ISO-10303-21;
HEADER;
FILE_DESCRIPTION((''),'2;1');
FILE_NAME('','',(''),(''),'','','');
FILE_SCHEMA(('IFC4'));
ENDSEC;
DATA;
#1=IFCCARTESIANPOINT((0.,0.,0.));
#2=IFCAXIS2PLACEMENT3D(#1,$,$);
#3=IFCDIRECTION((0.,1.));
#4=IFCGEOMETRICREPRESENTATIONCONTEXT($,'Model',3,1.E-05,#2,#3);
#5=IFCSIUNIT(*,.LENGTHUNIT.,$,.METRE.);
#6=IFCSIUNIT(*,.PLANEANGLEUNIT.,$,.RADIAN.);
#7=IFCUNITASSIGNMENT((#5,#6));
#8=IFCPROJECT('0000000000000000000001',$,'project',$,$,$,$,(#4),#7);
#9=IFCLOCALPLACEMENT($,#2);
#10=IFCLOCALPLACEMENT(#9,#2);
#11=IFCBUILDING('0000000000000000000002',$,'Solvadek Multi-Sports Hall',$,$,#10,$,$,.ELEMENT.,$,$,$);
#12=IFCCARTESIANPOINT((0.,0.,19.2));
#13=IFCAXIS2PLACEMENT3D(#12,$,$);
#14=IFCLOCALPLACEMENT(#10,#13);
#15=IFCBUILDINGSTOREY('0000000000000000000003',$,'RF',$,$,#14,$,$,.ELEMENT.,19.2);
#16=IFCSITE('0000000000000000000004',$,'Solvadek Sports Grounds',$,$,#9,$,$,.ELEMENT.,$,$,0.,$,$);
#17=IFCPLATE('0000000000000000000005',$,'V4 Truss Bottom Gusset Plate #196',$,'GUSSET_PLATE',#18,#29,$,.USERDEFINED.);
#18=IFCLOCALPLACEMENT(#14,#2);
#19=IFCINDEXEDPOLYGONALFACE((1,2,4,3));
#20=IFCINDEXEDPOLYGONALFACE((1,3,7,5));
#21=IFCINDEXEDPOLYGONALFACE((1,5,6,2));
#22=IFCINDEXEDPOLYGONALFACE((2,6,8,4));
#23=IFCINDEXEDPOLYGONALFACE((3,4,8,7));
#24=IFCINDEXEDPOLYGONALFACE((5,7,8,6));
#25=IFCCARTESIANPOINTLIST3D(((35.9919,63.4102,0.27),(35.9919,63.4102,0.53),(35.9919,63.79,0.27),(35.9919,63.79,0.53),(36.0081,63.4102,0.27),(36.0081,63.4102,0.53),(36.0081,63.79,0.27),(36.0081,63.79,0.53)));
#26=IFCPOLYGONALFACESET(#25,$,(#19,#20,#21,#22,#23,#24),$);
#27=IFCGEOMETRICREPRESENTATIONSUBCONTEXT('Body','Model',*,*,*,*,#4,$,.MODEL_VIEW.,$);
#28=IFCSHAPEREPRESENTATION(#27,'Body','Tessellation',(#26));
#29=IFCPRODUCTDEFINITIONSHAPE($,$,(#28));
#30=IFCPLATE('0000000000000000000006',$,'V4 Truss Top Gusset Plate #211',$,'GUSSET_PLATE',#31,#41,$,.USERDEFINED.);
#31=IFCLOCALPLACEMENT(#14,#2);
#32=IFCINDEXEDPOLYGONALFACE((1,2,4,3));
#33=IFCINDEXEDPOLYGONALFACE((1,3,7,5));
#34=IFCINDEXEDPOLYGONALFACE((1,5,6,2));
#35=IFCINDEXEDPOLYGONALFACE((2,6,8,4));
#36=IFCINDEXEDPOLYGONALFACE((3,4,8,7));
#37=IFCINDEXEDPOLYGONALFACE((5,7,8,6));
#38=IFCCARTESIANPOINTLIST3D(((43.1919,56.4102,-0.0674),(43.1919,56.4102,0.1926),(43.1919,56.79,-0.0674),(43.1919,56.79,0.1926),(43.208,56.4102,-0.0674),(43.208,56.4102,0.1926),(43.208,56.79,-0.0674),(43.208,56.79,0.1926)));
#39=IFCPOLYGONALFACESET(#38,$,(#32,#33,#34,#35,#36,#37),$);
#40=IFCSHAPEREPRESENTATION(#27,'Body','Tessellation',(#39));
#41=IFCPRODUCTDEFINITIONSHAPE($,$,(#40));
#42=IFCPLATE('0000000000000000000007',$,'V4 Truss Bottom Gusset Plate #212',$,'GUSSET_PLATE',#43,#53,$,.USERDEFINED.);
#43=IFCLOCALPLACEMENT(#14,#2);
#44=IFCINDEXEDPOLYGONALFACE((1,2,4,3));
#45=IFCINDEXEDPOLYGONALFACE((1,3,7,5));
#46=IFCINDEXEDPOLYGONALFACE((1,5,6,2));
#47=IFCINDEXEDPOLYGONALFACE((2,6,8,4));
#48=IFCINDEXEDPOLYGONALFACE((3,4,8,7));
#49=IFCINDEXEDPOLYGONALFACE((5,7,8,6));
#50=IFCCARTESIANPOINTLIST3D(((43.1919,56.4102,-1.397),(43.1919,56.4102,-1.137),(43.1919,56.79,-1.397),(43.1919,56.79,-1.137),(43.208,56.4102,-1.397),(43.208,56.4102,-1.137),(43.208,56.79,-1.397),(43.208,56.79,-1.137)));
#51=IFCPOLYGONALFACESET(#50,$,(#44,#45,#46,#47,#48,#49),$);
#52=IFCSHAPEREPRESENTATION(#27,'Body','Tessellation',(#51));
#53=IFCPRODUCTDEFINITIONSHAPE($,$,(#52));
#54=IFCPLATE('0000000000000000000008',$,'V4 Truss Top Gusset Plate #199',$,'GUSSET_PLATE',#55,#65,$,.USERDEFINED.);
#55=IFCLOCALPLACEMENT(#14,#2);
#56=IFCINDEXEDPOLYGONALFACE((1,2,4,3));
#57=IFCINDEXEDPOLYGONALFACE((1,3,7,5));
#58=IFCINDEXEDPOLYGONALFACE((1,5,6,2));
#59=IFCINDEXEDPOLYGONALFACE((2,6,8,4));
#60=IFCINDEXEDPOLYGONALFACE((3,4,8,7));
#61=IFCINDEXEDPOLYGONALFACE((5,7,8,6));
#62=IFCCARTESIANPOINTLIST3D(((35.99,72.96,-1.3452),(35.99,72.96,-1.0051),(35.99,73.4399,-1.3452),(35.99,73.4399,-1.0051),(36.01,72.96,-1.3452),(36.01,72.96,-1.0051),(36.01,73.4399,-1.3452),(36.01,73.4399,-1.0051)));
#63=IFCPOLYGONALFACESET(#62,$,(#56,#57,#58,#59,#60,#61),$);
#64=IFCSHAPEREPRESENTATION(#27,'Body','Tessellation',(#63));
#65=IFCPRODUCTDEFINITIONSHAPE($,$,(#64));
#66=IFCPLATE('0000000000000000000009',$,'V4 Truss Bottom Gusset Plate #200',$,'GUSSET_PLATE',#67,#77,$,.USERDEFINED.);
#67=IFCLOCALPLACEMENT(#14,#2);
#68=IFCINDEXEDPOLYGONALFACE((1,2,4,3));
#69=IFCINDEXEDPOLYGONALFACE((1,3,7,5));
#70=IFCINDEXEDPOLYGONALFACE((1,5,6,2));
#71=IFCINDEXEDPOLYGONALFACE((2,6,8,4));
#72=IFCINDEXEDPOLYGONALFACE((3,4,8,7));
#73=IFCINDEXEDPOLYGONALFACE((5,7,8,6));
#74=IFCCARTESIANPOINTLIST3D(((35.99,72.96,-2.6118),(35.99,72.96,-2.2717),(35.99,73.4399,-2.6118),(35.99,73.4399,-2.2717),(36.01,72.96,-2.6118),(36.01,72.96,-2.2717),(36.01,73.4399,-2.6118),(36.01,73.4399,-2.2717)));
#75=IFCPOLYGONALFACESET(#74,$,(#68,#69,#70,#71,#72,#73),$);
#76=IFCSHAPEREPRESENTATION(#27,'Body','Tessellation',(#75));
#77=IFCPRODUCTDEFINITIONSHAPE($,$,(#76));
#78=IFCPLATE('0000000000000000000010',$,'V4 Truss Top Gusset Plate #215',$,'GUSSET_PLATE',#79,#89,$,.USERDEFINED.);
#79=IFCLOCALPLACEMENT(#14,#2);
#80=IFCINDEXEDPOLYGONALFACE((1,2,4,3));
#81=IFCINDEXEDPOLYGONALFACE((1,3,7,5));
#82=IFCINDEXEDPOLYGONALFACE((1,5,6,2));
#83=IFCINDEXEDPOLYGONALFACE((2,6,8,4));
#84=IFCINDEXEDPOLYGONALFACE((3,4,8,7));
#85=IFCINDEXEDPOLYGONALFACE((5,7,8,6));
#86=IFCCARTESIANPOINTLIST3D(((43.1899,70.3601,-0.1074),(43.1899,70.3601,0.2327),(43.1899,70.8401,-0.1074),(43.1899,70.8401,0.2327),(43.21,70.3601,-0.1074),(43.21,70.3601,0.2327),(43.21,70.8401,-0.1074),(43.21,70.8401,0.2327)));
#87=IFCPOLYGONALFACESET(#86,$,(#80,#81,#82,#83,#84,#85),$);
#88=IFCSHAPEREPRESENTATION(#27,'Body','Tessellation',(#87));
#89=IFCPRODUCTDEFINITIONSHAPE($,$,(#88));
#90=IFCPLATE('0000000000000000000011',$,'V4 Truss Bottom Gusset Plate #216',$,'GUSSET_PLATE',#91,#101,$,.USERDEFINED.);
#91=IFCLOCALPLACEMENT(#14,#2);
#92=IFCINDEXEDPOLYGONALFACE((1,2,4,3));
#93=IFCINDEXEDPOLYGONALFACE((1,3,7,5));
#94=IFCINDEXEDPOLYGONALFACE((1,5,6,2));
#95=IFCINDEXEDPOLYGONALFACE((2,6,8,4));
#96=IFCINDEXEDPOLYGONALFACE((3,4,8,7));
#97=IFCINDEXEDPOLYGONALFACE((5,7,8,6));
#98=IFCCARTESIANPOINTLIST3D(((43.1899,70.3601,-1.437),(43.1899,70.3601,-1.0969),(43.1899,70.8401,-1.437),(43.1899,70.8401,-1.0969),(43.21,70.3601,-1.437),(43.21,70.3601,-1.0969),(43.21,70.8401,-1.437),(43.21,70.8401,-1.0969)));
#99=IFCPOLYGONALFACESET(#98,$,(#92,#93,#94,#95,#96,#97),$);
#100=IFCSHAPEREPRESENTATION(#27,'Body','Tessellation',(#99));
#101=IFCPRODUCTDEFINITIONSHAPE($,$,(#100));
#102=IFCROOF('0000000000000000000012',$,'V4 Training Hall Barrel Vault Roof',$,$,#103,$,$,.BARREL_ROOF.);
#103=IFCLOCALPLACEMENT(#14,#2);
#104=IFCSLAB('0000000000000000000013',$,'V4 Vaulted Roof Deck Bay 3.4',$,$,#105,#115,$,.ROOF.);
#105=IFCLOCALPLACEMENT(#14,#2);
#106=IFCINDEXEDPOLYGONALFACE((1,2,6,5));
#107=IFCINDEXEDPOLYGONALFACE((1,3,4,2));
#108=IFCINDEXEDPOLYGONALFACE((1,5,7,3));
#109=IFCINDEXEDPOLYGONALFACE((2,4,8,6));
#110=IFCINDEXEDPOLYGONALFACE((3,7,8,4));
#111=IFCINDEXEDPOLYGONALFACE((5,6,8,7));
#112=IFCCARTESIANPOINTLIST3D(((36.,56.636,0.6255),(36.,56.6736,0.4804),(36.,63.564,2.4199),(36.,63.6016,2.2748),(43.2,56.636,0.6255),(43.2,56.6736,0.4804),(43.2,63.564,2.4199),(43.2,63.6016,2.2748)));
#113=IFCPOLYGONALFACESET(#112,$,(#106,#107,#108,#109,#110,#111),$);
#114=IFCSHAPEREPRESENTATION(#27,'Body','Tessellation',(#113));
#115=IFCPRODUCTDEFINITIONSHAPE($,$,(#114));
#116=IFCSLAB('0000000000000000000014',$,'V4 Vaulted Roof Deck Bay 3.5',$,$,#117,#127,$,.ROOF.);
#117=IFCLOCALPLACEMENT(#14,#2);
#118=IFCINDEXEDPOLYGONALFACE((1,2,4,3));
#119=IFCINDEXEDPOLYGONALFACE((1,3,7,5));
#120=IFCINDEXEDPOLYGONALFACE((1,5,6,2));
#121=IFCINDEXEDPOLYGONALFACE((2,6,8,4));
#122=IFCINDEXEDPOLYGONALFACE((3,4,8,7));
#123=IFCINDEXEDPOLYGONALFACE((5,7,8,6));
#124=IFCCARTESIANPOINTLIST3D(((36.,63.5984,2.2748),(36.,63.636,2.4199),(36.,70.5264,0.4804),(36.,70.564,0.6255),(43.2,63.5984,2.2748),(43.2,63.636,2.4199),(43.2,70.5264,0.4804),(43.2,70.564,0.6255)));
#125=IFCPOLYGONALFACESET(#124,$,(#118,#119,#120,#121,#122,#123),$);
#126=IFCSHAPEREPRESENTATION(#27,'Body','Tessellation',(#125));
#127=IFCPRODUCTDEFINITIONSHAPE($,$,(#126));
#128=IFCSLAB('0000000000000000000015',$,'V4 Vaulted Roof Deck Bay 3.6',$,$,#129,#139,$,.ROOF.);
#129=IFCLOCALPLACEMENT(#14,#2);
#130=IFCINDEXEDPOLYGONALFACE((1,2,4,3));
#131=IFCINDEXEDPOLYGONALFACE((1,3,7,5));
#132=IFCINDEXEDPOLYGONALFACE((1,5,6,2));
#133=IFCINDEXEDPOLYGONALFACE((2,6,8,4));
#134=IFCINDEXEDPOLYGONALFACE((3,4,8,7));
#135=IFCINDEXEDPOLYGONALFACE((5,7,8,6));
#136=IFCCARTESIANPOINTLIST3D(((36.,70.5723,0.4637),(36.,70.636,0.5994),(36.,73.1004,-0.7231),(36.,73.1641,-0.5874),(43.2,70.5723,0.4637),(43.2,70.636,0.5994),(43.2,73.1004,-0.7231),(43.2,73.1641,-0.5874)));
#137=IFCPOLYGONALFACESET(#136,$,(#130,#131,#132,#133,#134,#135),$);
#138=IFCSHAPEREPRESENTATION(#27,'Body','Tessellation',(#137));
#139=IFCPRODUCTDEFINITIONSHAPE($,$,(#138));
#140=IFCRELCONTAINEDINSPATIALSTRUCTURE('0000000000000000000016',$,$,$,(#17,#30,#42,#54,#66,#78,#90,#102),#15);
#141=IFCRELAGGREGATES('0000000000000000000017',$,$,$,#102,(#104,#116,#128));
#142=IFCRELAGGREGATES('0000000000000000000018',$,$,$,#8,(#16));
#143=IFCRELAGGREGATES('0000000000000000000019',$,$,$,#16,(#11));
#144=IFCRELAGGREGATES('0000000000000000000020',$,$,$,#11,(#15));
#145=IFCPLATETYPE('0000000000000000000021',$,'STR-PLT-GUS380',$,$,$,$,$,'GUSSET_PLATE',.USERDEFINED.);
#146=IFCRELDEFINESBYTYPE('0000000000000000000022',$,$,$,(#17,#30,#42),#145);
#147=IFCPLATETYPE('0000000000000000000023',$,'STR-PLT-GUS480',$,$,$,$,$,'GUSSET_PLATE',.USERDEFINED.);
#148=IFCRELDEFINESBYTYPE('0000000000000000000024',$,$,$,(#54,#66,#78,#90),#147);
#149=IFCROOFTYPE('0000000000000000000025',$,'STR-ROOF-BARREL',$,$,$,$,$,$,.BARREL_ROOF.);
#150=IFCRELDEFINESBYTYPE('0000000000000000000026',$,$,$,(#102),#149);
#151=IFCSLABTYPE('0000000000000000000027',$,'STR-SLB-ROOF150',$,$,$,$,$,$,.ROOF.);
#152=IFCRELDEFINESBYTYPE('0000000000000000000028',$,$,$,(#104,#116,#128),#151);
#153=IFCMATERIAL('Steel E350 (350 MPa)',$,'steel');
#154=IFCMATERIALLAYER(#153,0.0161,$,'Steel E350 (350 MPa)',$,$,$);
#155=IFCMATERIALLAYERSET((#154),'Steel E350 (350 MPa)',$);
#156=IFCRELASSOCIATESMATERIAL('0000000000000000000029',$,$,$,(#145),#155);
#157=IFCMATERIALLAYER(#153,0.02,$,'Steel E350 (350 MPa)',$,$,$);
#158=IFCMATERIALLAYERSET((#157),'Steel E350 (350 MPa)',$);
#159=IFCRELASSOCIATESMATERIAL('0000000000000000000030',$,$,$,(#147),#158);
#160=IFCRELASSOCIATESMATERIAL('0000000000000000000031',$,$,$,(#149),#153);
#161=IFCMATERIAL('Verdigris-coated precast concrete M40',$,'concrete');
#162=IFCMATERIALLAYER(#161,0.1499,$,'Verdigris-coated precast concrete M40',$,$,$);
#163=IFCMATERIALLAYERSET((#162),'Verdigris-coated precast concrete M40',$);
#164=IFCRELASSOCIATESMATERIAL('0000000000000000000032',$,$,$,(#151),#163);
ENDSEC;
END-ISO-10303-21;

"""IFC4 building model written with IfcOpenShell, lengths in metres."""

from ifc_helpers import new_model, si_unit, direction, frame, origin, origin_2d, place, context, subcontext, project, spatial, polyline, rectangle, outline, extrude, material, layer, layer_set, type_object, element, aggregate, save


model = new_model("IFC4")

# Units and contexts
model_context = context("Model", 3, precision=1e-05, world=origin(), true_north=direction((0.0, 1.0)))
body_context = subcontext(model_context, "Body", "Model", "MODEL_VIEW")
ifc_project = project(units=[si_unit("LENGTHUNIT", "METRE"), si_unit("PLANEANGLEUNIT", "RADIAN")], contexts=[model_context])

# Site, building, storey
site_placement = place(None, origin())
site = spatial("IfcSite", under=ifc_project, at=site_placement, Name="Solvadek Sports Grounds", CompositionType="ELEMENT", RefElevation=0.0)
building_placement = place(site_placement, origin())
building = spatial("IfcBuilding", under=site, at=building_placement, Name="Solvadek Multi-Sports Hall", CompositionType="ELEMENT")
storey_placement = place(building_placement, frame((0.0, 0.0, 19.2)))
storey = spatial("IfcBuildingStorey", under=building, at=storey_placement, Name="RF", CompositionType="ELEMENT", Elevation=19.2)

# Shared definitions
ifc_material_1 = material(Name="Steel E350 (350 MPa)", Category="steel")

# Plates
ifc_layer_1 = layer(ifc_material_1, 0.0161, Name="Steel E350 (350 MPa)")
ifc_layer_set_1 = layer_set([ifc_layer_1], Name="Steel E350 (350 MPa)")
plate_type_1 = type_object("IfcPlateType", Name="STR-PLT-GUS380", ElementType="GUSSET_PLATE", PredefinedType="USERDEFINED", material=ifc_layer_set_1)
for number, where, z_axis, x_axis, name in (
    (1, (36.0, 63.6001, 0.27), (0.0, 0.0, 1.0), (0.0, 1.0, 0.0), "V4 Truss Bottom Gusset Plate #196"),
    (2, (43.2, 56.6001, -0.0674), (0.0, 0.0, 1.0), (0.0, 1.0, 0.0), "V4 Truss Top Gusset Plate #211"),
    (3, (43.2, 56.6001, -1.397), (0.0, 0.0, 1.0), (0.0, 1.0, 0.0), "V4 Truss Bottom Gusset Plate #212"),
):
    element("IfcPlate", number, at=place(storey_placement, frame(where, z_axis=z_axis, x_axis=x_axis)), inside=storey, type_object=plate_type_1, Name=name, ObjectType="GUSSET_PLATE", PredefinedType="USERDEFINED", context=body_context, shape_type="SweptSolid", body=[
        extrude(rectangle(XDim=0.3799, YDim=0.0161, at=origin_2d()), origin(), (0.0, 0.0, 1.0), 0.26),
    ])
ifc_layer_2 = layer(ifc_material_1, 0.02, Name="Steel E350 (350 MPa)")
ifc_layer_set_2 = layer_set([ifc_layer_2], Name="Steel E350 (350 MPa)")
plate_type_2 = type_object("IfcPlateType", Name="STR-PLT-GUS480", ElementType="GUSSET_PLATE", PredefinedType="USERDEFINED", material=ifc_layer_set_2)
for number, where, z_axis, x_axis, name in (
    (4, (36.0, 73.2, -1.3452), (0.0, 0.0, 1.0), (0.0, 1.0, 0.0), "V4 Truss Top Gusset Plate #199"),
    (5, (36.0, 73.2, -2.6118), (0.0, 0.0, 1.0), (0.0, 1.0, 0.0), "V4 Truss Bottom Gusset Plate #200"),
    (6, (43.2, 70.6001, -0.1074), (0.0, 0.0, 1.0), (0.0, 1.0, 0.0), "V4 Truss Top Gusset Plate #215"),
    (7, (43.2, 70.6001, -1.437), (0.0, 0.0, 1.0), (0.0, 1.0, 0.0), "V4 Truss Bottom Gusset Plate #216"),
):
    element("IfcPlate", number, at=place(storey_placement, frame(where, z_axis=z_axis, x_axis=x_axis)), inside=storey, type_object=plate_type_2, Name=name, ObjectType="GUSSET_PLATE", PredefinedType="USERDEFINED", context=body_context, shape_type="SweptSolid", body=[
        extrude(rectangle(XDim=0.48, YDim=0.02, at=origin_2d()), origin(), (0.0, 0.0, 1.0), 0.3401),
    ])

# Roof, slabs
roof_type = type_object("IfcRoofType", Name="STR-ROOF-BARREL", PredefinedType="BARREL_ROOF", material=ifc_material_1)
roof_placement = place(storey_placement, origin())
roof = element("IfcRoof", 8, at=roof_placement, inside=storey, type_object=roof_type, Name="V4 Training Hall Barrel Vault Roof", PredefinedType="BARREL_ROOF")
ifc_material_2 = material(Name="Verdigris-coated precast concrete M40", Category="concrete")
ifc_layer_3 = layer(ifc_material_2, 0.1499, Name="Verdigris-coated precast concrete M40")
ifc_layer_set_3 = layer_set([ifc_layer_3], Name="Verdigris-coated precast concrete M40")
slab_type = type_object("IfcSlabType", Name="STR-SLB-ROOF150", PredefinedType="ROOF", material=ifc_layer_set_3)
slab_1_placement = place(storey_placement, frame((36.0, 56.636, 0.6255), z_axis=(0.0, -0.250738, 0.968055), x_axis=(1.0, 0.0, 0.0)))
slab_1 = element("IfcSlab", 9, at=slab_1_placement, type_object=slab_type, Name="V4 Vaulted Roof Deck Bay 3.4", PredefinedType="ROOF", context=body_context, shape_type="SweptSolid", body=[
    extrude(outline(polyline([(0.0, 0.0), (7.2, 0.0), (7.2, 7.1566), (0.0, 7.1566), (0.0, 0.0)])), origin(), (0.0, 0.0, -1.0), 0.1499),
])
slab_2_placement = place(storey_placement, frame((36.0, 63.636, 2.4199), z_axis=(0.0, 0.250738, 0.968055), x_axis=(1.0, 0.0, 0.0)))
slab_2 = element("IfcSlab", 10, at=slab_2_placement, type_object=slab_type, Name="V4 Vaulted Roof Deck Bay 3.5", PredefinedType="ROOF", context=body_context, shape_type="SweptSolid", body=[
    extrude(outline(polyline([(0.0, 0.0), (7.2, 0.0), (7.2, 7.1566), (0.0, 7.1566), (0.0, 0.0)])), origin(), (0.0, 0.0, -1.0), 0.1499),
])
slab_3_placement = place(storey_placement, frame((36.0, 70.636, 0.5994), z_axis=(0.0, 0.424942, 0.90522), x_axis=(1.0, 0.0, 0.0)))
slab_3 = element("IfcSlab", 11, at=slab_3_placement, type_object=slab_type, Name="V4 Vaulted Roof Deck Bay 3.6", PredefinedType="ROOF", context=body_context, shape_type="SweptSolid", body=[
    extrude(outline(polyline([(0.0, 0.0), (7.2, 0.0), (7.2, 2.7928), (0.0, 2.7928), (0.0, 0.0)])), origin(), (0.0, 0.0, -1.0), 0.1499),
])
aggregate(roof, [slab_1, slab_2, slab_3])

save(model, "model.ifc")
